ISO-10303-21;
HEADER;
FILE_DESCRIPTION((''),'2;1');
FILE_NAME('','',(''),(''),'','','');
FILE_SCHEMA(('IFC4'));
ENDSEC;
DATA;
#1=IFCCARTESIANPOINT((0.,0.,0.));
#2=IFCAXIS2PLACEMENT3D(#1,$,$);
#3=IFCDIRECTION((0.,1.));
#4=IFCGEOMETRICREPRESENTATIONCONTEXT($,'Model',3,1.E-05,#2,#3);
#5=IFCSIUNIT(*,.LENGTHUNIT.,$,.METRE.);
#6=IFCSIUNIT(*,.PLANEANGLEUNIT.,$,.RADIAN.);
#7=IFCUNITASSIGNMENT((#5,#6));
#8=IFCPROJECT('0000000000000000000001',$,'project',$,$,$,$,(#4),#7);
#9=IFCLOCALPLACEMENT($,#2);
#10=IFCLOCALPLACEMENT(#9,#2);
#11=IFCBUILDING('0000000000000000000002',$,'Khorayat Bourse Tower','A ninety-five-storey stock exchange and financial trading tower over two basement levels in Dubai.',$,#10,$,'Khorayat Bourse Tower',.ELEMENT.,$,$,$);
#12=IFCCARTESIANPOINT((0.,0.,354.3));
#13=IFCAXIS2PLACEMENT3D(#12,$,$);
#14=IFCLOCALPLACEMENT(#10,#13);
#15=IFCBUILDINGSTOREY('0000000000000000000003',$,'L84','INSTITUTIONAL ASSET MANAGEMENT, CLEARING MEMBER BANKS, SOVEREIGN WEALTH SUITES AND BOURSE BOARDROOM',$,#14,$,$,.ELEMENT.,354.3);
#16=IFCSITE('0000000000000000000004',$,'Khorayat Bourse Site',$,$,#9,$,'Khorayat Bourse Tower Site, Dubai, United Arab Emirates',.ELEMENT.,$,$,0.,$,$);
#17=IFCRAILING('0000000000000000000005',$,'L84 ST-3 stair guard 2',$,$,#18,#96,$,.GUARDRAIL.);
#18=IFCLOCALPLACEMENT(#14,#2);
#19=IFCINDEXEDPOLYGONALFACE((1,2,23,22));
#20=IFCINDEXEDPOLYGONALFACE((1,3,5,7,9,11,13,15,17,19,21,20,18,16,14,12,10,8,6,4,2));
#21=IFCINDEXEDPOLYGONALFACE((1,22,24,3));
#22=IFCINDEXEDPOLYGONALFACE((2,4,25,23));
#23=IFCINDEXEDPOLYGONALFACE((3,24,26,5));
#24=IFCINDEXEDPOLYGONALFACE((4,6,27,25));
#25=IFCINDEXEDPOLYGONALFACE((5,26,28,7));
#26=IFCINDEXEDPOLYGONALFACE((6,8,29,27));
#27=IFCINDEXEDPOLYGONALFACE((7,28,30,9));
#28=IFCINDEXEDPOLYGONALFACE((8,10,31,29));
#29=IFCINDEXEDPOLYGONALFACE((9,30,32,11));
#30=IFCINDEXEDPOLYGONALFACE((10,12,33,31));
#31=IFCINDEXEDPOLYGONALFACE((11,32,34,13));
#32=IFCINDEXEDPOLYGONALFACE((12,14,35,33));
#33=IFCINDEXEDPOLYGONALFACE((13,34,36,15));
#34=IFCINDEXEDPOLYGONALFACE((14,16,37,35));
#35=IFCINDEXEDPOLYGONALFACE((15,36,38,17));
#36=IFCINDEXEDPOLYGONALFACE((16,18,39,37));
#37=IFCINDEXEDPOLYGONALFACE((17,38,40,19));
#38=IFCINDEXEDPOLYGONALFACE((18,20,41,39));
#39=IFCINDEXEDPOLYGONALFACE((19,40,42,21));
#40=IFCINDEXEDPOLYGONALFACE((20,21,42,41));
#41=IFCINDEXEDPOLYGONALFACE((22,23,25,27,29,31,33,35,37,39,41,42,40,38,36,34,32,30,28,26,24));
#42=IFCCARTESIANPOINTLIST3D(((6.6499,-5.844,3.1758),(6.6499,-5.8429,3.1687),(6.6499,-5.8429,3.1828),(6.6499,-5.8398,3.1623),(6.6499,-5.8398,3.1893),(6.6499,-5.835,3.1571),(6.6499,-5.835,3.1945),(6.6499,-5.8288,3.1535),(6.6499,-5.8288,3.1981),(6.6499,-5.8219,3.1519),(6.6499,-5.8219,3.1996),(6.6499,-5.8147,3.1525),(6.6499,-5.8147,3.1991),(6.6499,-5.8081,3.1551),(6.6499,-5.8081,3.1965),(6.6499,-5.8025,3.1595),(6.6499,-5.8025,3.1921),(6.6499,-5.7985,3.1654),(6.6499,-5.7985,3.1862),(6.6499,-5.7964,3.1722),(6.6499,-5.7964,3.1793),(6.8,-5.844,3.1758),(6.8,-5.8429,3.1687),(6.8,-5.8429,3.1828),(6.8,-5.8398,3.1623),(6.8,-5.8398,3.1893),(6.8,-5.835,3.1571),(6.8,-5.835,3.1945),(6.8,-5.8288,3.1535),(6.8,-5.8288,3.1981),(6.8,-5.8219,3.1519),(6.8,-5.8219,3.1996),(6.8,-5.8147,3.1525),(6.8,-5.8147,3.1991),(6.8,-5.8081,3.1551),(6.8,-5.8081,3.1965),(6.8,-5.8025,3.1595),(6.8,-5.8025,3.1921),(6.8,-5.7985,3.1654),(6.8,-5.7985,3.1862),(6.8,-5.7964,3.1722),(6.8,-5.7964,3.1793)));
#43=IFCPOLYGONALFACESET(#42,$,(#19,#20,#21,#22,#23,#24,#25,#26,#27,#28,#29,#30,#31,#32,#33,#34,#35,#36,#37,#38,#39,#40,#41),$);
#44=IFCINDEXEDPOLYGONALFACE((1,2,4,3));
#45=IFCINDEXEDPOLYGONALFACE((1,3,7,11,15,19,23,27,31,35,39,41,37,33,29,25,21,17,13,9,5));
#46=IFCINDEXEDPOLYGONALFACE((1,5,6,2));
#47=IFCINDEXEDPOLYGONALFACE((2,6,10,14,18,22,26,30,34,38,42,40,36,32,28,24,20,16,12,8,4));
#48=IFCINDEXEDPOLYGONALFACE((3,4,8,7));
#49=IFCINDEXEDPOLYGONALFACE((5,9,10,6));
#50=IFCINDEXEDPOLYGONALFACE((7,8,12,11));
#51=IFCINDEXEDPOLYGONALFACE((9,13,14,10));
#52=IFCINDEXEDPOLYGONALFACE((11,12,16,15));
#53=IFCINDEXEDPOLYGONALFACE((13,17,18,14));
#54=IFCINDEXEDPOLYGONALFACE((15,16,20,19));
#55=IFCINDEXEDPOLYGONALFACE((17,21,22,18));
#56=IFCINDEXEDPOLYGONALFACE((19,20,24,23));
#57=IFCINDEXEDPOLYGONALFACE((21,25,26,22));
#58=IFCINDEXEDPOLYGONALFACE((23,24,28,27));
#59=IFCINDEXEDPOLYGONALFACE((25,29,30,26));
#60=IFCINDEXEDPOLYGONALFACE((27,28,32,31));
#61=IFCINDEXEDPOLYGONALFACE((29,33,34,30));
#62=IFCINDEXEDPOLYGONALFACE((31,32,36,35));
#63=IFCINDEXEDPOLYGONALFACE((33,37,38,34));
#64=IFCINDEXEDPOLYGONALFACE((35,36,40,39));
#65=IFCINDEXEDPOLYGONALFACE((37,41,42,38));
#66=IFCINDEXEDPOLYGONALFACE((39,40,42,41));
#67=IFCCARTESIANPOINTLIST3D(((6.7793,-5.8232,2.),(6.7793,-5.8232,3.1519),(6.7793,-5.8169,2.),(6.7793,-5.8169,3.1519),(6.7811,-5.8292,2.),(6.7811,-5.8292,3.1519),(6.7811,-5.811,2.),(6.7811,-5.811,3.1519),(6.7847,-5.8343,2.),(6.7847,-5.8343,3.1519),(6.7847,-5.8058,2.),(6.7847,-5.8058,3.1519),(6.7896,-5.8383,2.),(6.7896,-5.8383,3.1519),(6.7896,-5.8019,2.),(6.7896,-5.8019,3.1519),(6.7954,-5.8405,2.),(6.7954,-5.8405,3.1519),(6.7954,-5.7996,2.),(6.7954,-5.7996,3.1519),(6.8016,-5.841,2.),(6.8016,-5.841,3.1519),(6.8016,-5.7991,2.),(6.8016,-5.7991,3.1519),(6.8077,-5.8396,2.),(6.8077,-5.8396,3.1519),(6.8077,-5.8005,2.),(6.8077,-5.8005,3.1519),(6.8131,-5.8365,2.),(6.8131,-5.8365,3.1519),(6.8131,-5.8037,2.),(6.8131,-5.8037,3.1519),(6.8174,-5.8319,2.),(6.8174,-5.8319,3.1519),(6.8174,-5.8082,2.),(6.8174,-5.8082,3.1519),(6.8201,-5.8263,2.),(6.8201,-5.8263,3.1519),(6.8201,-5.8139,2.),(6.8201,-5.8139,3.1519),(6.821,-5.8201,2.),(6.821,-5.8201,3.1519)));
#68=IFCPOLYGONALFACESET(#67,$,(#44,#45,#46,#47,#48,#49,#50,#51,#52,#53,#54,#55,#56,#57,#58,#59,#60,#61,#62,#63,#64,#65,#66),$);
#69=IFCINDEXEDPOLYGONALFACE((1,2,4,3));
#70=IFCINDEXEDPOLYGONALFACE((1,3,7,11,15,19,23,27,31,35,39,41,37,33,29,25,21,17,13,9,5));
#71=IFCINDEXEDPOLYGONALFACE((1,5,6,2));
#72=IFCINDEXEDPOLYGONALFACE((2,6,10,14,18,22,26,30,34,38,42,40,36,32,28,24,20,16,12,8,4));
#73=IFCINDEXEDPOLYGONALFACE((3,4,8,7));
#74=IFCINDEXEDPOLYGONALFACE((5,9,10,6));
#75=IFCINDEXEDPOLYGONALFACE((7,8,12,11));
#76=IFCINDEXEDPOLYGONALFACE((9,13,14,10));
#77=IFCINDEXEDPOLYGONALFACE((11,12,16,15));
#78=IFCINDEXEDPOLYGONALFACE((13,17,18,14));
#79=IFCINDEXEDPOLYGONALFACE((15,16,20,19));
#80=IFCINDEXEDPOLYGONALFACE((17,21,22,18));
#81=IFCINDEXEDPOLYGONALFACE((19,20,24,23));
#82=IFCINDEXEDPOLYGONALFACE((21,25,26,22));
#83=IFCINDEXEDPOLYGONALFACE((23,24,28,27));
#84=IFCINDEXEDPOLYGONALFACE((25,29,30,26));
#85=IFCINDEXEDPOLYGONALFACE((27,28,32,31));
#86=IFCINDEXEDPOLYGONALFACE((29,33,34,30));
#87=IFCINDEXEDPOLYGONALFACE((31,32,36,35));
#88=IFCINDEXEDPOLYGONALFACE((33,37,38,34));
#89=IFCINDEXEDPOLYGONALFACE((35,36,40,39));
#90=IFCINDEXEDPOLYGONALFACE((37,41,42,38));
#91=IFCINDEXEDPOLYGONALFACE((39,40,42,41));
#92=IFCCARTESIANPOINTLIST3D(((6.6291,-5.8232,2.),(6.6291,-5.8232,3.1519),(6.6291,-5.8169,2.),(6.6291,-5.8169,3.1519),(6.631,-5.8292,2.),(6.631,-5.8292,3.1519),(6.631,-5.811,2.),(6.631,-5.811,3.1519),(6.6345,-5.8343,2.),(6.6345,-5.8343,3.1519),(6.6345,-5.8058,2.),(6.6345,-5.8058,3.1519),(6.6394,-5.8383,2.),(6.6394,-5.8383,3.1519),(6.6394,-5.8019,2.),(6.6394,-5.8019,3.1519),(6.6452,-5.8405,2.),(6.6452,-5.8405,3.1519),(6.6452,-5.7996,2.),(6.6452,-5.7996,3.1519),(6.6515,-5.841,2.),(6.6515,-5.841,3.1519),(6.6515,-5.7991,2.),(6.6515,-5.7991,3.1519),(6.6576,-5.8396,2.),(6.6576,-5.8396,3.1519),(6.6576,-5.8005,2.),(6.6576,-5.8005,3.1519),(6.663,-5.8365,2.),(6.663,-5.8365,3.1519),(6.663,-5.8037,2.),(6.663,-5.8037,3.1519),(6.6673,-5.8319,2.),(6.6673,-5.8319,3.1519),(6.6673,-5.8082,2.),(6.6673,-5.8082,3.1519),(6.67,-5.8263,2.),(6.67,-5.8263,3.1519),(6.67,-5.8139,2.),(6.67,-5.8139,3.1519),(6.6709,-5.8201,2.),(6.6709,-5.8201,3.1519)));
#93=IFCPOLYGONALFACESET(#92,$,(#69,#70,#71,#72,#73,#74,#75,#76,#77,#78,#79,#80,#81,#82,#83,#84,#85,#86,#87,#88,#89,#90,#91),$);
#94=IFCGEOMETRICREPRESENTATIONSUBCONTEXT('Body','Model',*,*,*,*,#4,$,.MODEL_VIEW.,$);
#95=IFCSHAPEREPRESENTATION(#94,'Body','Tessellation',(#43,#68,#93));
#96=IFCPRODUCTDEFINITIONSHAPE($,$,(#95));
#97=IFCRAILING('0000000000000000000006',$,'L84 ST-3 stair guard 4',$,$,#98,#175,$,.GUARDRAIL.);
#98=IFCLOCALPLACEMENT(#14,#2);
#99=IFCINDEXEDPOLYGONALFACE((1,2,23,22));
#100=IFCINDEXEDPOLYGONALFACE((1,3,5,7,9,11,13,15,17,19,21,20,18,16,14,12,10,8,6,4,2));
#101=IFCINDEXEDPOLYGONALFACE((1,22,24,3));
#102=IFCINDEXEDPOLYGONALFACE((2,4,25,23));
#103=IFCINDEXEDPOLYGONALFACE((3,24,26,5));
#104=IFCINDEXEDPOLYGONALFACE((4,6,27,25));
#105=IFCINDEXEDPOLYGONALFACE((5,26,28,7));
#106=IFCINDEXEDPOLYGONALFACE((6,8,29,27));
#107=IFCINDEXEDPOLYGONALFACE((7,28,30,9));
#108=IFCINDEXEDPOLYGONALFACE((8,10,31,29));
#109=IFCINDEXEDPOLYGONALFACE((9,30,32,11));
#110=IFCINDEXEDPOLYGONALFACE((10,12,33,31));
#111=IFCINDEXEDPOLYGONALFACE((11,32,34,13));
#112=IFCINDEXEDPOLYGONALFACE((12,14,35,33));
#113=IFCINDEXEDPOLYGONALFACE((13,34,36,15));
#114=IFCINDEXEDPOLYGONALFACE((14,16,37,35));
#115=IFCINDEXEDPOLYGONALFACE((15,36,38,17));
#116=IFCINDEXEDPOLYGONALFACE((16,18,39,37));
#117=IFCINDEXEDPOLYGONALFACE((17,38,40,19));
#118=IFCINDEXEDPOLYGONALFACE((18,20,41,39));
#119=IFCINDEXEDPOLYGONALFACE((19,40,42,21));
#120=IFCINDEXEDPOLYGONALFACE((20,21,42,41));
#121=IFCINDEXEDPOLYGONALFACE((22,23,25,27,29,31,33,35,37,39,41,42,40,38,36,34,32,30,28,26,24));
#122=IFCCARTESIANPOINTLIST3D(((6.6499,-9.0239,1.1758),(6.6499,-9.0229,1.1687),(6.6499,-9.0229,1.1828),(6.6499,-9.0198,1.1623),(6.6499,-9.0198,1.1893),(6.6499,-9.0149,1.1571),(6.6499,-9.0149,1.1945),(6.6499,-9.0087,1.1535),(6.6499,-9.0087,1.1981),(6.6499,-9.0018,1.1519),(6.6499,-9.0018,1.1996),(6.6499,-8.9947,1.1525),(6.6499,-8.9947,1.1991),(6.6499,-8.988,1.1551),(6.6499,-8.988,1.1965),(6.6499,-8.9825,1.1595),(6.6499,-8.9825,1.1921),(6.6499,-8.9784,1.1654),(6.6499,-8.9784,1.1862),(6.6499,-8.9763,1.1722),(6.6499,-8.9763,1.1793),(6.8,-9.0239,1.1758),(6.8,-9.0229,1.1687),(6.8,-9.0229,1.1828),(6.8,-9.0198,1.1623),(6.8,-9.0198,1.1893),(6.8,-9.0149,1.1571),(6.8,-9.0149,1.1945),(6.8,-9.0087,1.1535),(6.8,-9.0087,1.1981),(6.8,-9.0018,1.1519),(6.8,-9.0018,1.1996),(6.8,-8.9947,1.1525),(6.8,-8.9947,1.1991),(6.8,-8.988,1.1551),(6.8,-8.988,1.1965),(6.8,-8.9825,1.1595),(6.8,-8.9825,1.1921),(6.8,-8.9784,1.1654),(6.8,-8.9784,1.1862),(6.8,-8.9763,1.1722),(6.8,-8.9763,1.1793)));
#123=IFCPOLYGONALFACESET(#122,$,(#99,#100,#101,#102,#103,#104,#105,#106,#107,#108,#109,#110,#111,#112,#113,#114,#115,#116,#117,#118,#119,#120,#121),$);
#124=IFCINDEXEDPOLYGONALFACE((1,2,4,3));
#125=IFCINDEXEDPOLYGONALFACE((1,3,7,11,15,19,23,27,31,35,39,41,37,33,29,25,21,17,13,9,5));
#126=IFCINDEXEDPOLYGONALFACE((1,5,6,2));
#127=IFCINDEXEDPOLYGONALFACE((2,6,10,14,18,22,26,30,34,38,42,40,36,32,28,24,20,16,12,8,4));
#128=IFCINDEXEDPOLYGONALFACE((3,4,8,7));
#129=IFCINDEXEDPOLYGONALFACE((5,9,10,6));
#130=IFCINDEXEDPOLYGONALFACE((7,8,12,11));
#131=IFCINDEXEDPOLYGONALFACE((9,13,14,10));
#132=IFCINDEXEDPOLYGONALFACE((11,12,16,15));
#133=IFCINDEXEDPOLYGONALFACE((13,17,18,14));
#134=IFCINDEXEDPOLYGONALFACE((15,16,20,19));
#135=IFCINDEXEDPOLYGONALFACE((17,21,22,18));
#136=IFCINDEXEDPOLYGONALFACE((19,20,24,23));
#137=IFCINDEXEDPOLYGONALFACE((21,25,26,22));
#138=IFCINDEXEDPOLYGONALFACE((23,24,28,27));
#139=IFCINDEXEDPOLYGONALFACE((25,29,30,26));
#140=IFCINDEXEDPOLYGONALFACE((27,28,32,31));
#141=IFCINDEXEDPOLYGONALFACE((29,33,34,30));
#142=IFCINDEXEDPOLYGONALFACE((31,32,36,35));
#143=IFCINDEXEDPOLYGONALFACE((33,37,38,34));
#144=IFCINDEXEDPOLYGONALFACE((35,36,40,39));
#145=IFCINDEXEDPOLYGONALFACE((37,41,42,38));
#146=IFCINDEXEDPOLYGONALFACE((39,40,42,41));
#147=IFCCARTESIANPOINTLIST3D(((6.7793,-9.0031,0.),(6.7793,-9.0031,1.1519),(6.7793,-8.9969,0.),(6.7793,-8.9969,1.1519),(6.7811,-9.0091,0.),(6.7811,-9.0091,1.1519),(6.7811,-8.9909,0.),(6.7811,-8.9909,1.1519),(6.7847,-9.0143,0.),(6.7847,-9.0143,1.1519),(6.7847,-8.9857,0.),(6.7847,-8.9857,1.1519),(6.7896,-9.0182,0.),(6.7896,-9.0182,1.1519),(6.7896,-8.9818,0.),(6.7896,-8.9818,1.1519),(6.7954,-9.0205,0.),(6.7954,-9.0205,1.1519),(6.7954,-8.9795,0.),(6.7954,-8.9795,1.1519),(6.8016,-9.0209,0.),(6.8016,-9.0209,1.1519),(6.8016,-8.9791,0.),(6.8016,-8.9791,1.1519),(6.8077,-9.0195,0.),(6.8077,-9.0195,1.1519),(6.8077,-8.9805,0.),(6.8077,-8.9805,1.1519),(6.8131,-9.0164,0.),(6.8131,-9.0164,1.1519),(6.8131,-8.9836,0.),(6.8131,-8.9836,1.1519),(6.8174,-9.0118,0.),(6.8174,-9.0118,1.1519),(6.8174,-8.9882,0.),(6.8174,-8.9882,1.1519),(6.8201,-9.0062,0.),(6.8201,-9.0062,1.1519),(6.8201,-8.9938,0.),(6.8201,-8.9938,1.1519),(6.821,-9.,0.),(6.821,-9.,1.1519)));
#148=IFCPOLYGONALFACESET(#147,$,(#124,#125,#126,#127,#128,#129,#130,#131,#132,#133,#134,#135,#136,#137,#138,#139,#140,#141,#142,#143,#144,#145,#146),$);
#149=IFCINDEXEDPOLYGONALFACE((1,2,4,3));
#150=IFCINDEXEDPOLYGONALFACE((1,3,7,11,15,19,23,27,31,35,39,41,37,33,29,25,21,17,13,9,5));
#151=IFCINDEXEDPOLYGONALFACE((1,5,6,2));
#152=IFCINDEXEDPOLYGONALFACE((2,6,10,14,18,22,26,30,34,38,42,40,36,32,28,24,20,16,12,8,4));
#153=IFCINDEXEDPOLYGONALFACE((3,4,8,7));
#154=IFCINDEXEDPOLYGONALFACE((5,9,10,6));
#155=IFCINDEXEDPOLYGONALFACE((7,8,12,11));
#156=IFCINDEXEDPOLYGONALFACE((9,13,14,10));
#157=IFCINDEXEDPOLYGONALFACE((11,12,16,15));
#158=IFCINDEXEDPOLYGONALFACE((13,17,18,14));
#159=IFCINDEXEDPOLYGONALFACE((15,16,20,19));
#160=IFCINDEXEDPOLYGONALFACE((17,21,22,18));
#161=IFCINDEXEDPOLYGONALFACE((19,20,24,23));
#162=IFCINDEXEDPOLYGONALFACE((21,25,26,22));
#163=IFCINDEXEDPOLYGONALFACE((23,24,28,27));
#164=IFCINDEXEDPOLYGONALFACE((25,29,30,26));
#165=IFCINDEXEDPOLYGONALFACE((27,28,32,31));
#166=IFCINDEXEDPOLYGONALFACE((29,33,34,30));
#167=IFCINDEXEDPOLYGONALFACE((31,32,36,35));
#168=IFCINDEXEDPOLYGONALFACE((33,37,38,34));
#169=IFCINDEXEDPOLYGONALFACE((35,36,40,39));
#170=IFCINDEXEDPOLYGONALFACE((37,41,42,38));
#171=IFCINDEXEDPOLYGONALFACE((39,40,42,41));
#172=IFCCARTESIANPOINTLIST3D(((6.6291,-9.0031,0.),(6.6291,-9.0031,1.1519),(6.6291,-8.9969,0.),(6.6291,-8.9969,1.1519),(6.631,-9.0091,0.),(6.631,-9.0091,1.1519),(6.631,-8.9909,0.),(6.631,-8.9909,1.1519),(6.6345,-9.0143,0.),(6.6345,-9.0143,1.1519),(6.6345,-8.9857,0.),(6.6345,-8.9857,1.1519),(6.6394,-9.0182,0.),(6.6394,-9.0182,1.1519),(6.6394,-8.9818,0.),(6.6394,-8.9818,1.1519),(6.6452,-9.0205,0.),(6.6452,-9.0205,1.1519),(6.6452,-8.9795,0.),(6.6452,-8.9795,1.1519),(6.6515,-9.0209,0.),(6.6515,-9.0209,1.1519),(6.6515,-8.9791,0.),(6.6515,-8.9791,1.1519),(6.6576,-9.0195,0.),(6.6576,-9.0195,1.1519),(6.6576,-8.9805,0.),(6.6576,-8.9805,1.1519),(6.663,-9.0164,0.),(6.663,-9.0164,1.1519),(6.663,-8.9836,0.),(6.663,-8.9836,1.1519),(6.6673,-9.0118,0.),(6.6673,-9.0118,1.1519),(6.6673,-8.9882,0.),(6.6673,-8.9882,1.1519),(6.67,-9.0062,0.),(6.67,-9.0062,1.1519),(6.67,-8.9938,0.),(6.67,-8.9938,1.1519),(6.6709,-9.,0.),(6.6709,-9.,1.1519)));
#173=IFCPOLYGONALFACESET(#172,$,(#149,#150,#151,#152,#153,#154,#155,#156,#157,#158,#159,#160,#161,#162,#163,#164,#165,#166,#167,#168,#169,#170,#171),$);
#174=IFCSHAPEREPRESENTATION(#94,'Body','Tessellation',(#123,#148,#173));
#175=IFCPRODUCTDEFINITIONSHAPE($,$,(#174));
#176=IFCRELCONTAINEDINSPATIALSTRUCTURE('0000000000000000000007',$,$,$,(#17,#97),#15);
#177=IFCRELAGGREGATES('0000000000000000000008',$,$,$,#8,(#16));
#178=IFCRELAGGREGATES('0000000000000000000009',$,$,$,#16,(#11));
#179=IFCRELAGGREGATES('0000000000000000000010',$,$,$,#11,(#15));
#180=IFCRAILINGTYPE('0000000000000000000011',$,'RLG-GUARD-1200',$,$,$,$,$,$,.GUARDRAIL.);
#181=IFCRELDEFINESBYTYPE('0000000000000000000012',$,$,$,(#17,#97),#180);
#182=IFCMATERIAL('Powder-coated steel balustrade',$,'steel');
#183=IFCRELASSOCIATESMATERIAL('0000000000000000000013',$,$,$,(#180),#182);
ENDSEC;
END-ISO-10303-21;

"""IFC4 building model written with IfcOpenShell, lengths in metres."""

from ifc_helpers import new_model, si_unit, direction, frame, origin, origin_2d, place, context, subcontext, project, spatial, circle, extrude, source, transform, mapped, material, type_object, element, save


model = new_model("IFC4")

# Units and contexts
model_context = context("Model", 3, precision=1e-05, world=origin(), true_north=direction((0.0, 1.0)))
body_context = subcontext(model_context, "Body", "Model", "MODEL_VIEW")
ifc_project = project(units=[si_unit("LENGTHUNIT", "METRE"), si_unit("PLANEANGLEUNIT", "RADIAN")], contexts=[model_context])

# Site, building, storey
site_placement = place(None, origin())
site = spatial("IfcSite", under=ifc_project, at=site_placement, Name="Khorayat Bourse Site", LongName="Khorayat Bourse Tower Site, Dubai, United Arab Emirates", CompositionType="ELEMENT", RefElevation=0.0)
building_placement = place(site_placement, origin())
building = spatial("IfcBuilding", under=site, at=building_placement, Name="Khorayat Bourse Tower", Description="A ninety-five-storey stock exchange and financial trading tower over two basement levels in Dubai.", LongName="Khorayat Bourse Tower", CompositionType="ELEMENT")
storey_placement = place(building_placement, frame((0.0, 0.0, 354.3)))
storey = spatial("IfcBuildingStorey", under=building, at=storey_placement, Name="L84", Description="INSTITUTIONAL ASSET MANAGEMENT, CLEARING MEMBER BANKS, SOVEREIGN WEALTH SUITES AND BOURSE BOARDROOM", CompositionType="ELEMENT", Elevation=354.3)

# Railings
ifc_material_1 = material(Name="Powder-coated steel balustrade", Category="steel")
railing_type_1 = type_object("IfcRailingType", Name="RLG-GUARD-1200", PredefinedType="GUARDRAIL", material=ifc_material_1)
shared_shape_1 = source(origin(), body_context, "Body", "SweptSolid", [
    extrude(circle(Radius=0.0239, at=origin_2d()), frame((0.0, 0.0, 1.1758), z_axis=(-1.0, 0.0, 0.0), x_axis=(0.0, -1.0, 0.0)), (0.0, 0.0, 1.0), 0.1501),
    extrude(circle(Radius=0.021, at=origin_2d()), origin(), (0.0, 0.0, 1.0), 1.1519),
    extrude(circle(Radius=0.021, at=origin_2d()), frame((-0.1501, 0.0, 0.0)), (0.0, 0.0, 1.0), 1.1519),
])
for number, where, name in (
    (1, (6.8, -5.8201, 2.0), "L84 ST-3 stair guard 2"),
    (2, (6.8, -9.0, 0.0), "L84 ST-3 stair guard 4"),
):
    element("IfcRailing", number, at=place(storey_placement, frame(where)), inside=storey, type_object=railing_type_1, Name=name, PredefinedType="GUARDRAIL", context=body_context, shape_type="MappedRepresentation", body=[
        mapped(shared_shape_1, transform((0.0, 0.0, 0.0), scale=1.0)),
    ])

save(model, "model.ifc")
